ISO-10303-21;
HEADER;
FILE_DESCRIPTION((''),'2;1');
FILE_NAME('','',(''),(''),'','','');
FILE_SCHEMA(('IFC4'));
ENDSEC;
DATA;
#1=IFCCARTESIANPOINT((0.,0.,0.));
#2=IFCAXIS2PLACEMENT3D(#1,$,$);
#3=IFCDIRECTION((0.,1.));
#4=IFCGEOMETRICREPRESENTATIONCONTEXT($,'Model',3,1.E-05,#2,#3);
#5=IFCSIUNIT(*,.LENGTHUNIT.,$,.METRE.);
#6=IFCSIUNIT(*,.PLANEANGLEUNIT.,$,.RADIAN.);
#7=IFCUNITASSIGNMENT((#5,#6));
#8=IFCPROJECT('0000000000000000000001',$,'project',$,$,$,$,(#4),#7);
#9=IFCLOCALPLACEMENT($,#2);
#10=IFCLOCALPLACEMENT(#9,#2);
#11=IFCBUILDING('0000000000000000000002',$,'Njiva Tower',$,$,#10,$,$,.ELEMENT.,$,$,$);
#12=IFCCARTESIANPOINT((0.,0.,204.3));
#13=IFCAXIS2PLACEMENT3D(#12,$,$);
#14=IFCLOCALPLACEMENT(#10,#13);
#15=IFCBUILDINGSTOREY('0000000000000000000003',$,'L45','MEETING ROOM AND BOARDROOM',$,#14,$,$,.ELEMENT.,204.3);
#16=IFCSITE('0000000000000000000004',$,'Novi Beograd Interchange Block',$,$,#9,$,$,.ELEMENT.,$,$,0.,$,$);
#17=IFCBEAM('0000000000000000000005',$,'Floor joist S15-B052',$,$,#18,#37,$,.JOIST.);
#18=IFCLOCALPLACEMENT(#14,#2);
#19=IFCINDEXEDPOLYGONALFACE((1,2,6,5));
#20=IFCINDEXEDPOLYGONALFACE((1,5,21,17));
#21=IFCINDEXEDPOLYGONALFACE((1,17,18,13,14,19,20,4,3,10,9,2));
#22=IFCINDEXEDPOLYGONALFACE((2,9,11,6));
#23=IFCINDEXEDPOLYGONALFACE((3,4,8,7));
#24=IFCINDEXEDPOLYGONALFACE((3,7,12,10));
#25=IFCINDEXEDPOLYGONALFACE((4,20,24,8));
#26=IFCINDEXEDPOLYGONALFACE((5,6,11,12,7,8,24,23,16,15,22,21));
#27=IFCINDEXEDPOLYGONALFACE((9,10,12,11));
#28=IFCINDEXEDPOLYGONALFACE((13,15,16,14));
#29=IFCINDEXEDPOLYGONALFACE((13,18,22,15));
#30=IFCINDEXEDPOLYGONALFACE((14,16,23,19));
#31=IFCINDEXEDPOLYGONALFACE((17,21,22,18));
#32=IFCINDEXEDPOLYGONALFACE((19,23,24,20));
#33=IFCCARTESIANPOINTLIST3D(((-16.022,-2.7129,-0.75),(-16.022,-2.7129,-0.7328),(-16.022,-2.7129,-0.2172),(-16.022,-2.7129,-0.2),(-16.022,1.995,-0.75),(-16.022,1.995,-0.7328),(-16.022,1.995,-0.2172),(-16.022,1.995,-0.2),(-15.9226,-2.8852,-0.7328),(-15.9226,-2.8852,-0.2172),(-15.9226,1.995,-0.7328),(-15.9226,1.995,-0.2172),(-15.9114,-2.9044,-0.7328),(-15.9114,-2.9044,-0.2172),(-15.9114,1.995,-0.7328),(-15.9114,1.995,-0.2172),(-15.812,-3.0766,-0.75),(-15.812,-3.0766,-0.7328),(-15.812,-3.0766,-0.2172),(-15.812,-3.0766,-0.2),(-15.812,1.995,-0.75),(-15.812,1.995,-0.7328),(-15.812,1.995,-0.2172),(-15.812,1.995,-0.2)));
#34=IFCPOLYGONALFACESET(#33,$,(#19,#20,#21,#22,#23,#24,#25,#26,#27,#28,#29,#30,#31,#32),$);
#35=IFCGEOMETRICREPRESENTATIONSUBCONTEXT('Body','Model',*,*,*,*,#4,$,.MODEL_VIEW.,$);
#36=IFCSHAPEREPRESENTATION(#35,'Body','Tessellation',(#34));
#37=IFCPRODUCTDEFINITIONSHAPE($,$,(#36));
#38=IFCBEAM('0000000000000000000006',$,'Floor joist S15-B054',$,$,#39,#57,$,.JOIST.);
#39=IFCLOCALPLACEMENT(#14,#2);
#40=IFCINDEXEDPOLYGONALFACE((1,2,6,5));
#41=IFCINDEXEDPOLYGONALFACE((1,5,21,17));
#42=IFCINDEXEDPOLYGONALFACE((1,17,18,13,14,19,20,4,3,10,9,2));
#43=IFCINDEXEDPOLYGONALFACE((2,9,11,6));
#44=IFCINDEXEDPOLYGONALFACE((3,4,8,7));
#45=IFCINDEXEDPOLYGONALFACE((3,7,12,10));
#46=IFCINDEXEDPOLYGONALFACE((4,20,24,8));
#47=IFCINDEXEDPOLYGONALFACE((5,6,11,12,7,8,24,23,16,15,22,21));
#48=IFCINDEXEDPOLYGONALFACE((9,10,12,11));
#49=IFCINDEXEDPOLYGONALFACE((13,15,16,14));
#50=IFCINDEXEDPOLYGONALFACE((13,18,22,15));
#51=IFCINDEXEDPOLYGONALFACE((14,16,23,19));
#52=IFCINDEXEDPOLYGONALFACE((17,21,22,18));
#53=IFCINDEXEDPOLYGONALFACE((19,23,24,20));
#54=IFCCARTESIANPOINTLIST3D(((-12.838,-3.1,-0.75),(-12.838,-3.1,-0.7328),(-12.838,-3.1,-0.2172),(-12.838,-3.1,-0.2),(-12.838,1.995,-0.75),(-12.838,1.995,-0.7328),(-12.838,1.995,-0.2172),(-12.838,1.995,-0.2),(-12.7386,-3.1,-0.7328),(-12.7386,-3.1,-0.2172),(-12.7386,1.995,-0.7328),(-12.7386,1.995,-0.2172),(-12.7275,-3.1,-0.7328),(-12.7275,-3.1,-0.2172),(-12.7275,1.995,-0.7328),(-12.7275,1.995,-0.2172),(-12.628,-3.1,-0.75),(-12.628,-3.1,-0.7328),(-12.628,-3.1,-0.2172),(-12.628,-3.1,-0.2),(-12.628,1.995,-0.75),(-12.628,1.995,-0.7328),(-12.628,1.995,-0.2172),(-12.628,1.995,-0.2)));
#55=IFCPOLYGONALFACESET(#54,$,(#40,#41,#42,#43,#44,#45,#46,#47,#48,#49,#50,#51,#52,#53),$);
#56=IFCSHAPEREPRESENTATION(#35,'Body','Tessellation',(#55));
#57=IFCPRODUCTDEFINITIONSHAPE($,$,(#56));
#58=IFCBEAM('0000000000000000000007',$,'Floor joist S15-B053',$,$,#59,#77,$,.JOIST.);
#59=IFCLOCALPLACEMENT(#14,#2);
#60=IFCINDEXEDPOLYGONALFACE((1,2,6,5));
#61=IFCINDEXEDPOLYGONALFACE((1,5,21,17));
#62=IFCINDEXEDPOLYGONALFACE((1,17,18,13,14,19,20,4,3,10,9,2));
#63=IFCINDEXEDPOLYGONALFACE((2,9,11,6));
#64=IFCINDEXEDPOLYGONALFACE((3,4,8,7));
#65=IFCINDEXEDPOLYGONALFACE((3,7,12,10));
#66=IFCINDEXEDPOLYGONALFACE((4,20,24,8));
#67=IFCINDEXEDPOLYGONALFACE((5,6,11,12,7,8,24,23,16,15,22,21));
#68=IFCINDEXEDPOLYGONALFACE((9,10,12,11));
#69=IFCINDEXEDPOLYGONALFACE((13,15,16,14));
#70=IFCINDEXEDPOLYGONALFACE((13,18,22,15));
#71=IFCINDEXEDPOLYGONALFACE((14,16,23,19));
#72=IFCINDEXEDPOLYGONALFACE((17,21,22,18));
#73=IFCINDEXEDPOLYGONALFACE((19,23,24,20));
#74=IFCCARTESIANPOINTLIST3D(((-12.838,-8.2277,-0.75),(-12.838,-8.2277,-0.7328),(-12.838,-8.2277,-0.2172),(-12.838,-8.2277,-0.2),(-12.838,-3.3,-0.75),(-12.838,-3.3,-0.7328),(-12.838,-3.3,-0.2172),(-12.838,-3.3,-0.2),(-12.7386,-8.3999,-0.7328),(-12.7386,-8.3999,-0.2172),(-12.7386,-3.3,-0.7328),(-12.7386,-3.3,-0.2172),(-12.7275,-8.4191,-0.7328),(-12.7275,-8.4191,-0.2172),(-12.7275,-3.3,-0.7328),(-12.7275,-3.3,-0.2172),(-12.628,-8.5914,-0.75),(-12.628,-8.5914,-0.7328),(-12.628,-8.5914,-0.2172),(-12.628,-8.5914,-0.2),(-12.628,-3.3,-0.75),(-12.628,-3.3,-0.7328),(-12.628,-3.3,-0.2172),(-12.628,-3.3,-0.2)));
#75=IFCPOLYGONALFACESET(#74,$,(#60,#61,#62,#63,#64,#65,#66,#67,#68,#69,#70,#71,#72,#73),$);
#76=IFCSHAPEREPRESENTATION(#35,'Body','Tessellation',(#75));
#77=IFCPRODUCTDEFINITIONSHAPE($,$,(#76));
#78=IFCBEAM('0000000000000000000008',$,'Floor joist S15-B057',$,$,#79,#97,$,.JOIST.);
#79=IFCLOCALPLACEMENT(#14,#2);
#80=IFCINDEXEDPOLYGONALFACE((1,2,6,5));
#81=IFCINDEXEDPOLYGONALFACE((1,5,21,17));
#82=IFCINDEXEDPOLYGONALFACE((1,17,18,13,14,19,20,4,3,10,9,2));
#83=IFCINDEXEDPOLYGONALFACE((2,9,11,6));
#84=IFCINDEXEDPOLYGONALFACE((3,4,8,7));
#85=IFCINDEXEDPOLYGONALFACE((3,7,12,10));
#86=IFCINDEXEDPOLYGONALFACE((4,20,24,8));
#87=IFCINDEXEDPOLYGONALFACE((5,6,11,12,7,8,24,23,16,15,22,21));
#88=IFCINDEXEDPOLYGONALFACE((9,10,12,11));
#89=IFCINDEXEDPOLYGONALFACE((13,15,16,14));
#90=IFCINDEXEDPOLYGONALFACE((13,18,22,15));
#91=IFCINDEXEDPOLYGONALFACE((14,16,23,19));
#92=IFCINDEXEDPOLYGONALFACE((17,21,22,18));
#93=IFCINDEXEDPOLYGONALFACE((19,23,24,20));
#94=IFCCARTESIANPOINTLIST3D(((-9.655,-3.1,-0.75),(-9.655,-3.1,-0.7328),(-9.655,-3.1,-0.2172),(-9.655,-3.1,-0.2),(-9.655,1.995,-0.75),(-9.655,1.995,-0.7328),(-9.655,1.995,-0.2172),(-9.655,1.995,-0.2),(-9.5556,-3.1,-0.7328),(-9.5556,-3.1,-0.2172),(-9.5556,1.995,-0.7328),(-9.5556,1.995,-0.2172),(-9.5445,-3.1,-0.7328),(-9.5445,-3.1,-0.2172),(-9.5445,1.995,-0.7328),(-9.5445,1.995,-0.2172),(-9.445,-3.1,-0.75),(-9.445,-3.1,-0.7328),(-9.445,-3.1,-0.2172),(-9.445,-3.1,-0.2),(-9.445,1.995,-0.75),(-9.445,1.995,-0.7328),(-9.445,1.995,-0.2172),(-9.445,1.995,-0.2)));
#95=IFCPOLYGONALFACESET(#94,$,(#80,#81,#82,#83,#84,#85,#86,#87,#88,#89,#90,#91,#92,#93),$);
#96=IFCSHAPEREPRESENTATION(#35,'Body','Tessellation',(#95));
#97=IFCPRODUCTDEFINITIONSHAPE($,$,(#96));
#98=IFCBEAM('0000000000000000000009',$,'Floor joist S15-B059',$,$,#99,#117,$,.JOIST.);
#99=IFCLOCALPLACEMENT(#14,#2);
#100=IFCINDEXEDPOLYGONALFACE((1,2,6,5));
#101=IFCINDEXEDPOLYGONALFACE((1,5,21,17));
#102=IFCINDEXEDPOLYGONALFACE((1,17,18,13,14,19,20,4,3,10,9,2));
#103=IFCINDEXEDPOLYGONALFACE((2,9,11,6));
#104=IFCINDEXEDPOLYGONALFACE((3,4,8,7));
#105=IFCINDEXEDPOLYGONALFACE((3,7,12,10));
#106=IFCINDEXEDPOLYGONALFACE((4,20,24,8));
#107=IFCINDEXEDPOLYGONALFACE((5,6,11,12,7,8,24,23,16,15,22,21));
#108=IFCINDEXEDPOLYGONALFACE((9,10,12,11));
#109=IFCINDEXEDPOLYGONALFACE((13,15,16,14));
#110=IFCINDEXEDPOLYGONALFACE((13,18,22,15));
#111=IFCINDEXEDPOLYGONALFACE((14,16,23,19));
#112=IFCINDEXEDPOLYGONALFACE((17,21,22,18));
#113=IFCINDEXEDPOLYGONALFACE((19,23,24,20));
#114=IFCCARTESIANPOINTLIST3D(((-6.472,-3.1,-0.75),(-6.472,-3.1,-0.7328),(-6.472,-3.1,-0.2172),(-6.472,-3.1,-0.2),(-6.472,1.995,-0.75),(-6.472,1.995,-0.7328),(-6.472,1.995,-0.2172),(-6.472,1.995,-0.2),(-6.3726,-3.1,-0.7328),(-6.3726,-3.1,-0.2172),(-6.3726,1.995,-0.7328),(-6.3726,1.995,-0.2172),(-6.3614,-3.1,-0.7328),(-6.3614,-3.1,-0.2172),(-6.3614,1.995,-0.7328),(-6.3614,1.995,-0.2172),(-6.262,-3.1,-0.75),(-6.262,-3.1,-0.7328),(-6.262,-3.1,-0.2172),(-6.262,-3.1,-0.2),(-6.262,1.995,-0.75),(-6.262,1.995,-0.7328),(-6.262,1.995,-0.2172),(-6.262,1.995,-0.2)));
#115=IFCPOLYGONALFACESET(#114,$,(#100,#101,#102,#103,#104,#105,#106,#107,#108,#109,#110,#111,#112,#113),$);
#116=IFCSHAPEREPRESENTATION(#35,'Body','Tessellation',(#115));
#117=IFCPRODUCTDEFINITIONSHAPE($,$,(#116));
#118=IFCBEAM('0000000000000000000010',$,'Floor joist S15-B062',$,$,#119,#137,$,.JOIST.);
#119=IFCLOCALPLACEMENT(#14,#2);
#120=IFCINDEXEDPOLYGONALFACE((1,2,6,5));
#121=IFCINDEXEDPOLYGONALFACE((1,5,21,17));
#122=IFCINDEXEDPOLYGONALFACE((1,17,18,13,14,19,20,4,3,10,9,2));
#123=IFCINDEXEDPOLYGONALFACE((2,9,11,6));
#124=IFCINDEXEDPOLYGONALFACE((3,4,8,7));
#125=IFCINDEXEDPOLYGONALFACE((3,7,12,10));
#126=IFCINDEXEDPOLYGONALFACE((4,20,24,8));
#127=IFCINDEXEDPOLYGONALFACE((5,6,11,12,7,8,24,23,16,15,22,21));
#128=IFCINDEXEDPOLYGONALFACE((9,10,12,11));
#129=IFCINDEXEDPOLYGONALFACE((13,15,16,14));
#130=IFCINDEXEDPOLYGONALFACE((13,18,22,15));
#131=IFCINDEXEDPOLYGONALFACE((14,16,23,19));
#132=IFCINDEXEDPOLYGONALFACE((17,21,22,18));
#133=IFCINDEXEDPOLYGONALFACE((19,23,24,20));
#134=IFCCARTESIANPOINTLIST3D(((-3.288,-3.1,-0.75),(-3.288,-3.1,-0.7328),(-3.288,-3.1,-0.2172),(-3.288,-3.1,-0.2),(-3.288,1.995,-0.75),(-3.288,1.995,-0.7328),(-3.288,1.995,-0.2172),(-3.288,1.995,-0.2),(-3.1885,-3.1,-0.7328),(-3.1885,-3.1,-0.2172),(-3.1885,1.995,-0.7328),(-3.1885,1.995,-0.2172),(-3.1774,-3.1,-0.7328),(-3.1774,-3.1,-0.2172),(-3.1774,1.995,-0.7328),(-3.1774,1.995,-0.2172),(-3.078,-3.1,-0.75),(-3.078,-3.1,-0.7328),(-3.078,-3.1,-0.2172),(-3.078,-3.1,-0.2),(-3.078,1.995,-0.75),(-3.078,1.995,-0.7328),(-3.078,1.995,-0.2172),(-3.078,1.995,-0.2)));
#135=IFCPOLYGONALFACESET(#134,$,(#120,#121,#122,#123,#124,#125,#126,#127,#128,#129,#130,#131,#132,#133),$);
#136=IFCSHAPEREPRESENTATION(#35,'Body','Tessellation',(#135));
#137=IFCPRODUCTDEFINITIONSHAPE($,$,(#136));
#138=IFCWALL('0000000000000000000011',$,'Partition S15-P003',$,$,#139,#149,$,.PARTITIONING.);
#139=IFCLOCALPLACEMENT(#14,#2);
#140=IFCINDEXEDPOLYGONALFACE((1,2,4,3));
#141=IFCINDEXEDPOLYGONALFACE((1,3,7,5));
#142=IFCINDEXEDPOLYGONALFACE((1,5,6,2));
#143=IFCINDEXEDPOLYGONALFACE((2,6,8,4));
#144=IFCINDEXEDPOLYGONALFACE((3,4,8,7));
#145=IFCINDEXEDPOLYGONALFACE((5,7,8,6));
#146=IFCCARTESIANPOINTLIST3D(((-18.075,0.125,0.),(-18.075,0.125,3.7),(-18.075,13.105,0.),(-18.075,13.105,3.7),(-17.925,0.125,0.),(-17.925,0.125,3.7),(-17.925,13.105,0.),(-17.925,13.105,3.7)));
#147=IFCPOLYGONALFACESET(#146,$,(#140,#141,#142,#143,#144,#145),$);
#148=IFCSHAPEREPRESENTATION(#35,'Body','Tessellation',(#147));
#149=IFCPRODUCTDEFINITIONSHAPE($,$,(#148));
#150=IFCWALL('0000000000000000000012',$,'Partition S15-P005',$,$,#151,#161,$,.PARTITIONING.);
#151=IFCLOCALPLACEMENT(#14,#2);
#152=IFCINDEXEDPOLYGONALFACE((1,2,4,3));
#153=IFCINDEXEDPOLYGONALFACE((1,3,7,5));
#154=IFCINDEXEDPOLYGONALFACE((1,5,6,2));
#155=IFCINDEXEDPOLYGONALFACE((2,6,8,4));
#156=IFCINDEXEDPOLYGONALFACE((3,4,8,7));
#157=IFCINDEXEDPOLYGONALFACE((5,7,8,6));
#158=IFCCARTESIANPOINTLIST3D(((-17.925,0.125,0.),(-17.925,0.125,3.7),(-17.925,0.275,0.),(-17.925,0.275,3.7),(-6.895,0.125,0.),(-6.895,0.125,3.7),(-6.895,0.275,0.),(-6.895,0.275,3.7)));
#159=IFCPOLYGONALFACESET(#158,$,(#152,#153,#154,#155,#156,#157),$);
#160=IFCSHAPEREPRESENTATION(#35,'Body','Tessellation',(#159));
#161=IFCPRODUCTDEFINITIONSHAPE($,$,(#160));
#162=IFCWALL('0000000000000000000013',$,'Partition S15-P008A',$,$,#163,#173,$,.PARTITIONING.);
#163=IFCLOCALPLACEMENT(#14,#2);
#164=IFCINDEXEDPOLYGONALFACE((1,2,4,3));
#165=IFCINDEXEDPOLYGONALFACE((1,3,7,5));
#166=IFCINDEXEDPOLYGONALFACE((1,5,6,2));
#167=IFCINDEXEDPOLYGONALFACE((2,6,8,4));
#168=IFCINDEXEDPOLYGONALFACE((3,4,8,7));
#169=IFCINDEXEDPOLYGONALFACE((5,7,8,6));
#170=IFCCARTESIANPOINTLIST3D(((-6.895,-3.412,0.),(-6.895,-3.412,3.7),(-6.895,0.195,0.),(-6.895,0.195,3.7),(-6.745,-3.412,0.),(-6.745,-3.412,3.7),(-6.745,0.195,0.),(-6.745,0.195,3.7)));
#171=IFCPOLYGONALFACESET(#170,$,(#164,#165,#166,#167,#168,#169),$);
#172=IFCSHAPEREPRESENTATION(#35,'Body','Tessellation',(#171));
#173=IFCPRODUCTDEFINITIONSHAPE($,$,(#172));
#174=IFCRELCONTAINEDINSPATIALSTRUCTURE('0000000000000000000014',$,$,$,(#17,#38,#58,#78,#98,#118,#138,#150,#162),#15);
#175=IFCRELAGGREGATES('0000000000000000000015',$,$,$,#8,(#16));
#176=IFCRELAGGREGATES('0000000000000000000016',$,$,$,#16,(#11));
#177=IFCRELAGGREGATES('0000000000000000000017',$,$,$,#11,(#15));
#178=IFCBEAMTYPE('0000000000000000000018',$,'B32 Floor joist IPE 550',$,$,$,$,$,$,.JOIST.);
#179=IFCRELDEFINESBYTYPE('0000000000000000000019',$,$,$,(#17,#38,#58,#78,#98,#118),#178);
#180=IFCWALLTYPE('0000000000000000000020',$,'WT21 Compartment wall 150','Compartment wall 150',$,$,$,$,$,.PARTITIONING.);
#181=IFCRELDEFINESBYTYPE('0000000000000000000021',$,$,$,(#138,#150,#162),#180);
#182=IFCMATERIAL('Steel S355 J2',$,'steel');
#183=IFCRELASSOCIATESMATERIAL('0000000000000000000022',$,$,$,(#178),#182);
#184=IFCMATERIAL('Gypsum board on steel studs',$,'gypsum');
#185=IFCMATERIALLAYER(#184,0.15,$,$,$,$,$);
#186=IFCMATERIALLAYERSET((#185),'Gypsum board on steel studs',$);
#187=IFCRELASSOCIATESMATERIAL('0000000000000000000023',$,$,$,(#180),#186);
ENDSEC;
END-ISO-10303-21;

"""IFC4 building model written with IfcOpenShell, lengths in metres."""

from ifc_helpers import new_model, si_unit, direction, frame, frame_2d, origin, origin_2d, place, context, subcontext, project, spatial, rectangle, i_section, extrude, clip, halfspace, material, layer, layer_set, material_profile, profile_set, type_object, element, save


model = new_model("IFC4")

# Units and contexts
model_context = context("Model", 3, precision=1e-05, world=origin(), true_north=direction((0.0, 1.0)))
body_context = subcontext(model_context, "Body", "Model", "MODEL_VIEW")
ifc_project = project(units=[si_unit("LENGTHUNIT", "METRE"), si_unit("PLANEANGLEUNIT", "RADIAN")], contexts=[model_context])

# Site, building, storey
site_placement = place(None, origin())
site = spatial("IfcSite", under=ifc_project, at=site_placement, Name="Novi Beograd Interchange Block", CompositionType="ELEMENT", RefElevation=0.0)
building_placement = place(site_placement, origin())
building = spatial("IfcBuilding", under=site, at=building_placement, Name="Njiva Tower", CompositionType="ELEMENT")
storey_placement = place(building_placement, frame((0.0, 0.0, 204.3)))
storey = spatial("IfcBuildingStorey", under=building, at=storey_placement, Name="L45", Description="MEETING ROOM AND BOARDROOM", CompositionType="ELEMENT", Elevation=204.3)

# Shared definitions
ifc_material_1 = material(Name="Steel S355 J2", Category="steel")

# Beams
ifc_material_profile_1 = material_profile(ifc_material_1, i_section(OverallWidth=0.21, OverallDepth=0.55, WebThickness=0.0111, FlangeThickness=0.0172, at=origin_2d()), Name="IPE 550")
ifc_profile_set_1 = profile_set([ifc_material_profile_1], Name="Steel S355 J2")
beam_type_1 = type_object("IfcBeamType", Name="B32 Floor joist IPE 550", PredefinedType="JOIST", material=ifc_profile_set_1)
beam_1_placement = place(storey_placement, frame((-15.917, 1.995, -0.475), z_axis=(0.0, -1.0, 0.0), x_axis=(1.0, 0.0, 0.0)))
element("IfcBeam", 1, at=beam_1_placement, inside=storey, type_object=beam_type_1, Name="Floor joist S15-B052", PredefinedType="JOIST", context=body_context, shape_type="Clipping", body=[
    clip(extrude(i_section(OverallWidth=0.21, OverallDepth=0.55, WebThickness=0.0111, FlangeThickness=0.0172, at=origin_2d()), origin(), (0.0, 0.0, 1.0), 5.092), halfspace(frame((-0.043, 0.0, 4.8153), z_axis=(-0.866027, 0.0, 0.499998), x_axis=(0.0, 1.0, 0.0)), False)),
])
beam_2_placement = place(storey_placement, frame((-12.733, 1.995, -0.475), z_axis=(0.0, -1.0, 0.0), x_axis=(1.0, 0.0, 0.0)))
element("IfcBeam", 2, at=beam_2_placement, inside=storey, type_object=beam_type_1, Name="Floor joist S15-B054", PredefinedType="JOIST", context=body_context, shape_type="SweptSolid", body=[
    extrude(i_section(OverallWidth=0.21, OverallDepth=0.55, WebThickness=0.0111, FlangeThickness=0.0172, at=origin_2d()), origin(), (0.0, 0.0, 1.0), 5.095),
])
beam_3_placement = place(storey_placement, frame((-12.733, -3.3, -0.475), z_axis=(0.0, -1.0, 0.0), x_axis=(1.0, 0.0, 0.0)))
element("IfcBeam", 3, at=beam_3_placement, inside=storey, type_object=beam_type_1, Name="Floor joist S15-B053", PredefinedType="JOIST", context=body_context, shape_type="Clipping", body=[
    clip(extrude(i_section(OverallWidth=0.21, OverallDepth=0.55, WebThickness=0.0111, FlangeThickness=0.0172, at=origin_2d()), origin(), (0.0, 0.0, 1.0), 5.311), halfspace(frame((-0.0436, 0.0, 5.034), z_axis=(-0.866027, 0.0, 0.499998), x_axis=(0.0, 1.0, 0.0)), False)),
])
for number, where, z_axis, x_axis, name in (
    (4, (-9.55, 1.995, -0.475), (0.0, -1.0, 0.0), (1.0, 0.0, 0.0), "Floor joist S15-B057"),
    (5, (-6.367, 1.995, -0.475), (0.0, -1.0, 0.0), (1.0, 0.0, 0.0), "Floor joist S15-B059"),
    (6, (-3.183, 1.995, -0.475), (0.0, -1.0, 0.0), (1.0, 0.0, 0.0), "Floor joist S15-B062"),
):
    element("IfcBeam", number, at=place(storey_placement, frame(where, z_axis=z_axis, x_axis=x_axis)), inside=storey, type_object=beam_type_1, Name=name, PredefinedType="JOIST", context=body_context, shape_type="SweptSolid", body=[
        extrude(i_section(OverallWidth=0.21, OverallDepth=0.55, WebThickness=0.0111, FlangeThickness=0.0172, at=origin_2d()), origin(), (0.0, 0.0, 1.0), 5.095),
    ])

# Walls
ifc_material_2 = material(Name="Gypsum board on steel studs", Category="gypsum")
ifc_layer_1 = layer(ifc_material_2, 0.15)
ifc_layer_set_1 = layer_set([ifc_layer_1], Name="Gypsum board on steel studs")
wall_type_1 = type_object("IfcWallType", Name="WT21 Compartment wall 150", Description="Compartment wall 150", PredefinedType="PARTITIONING", material=ifc_layer_set_1)
wall_1_placement = place(storey_placement, frame((-18.0, 0.125, 0.0), z_axis=(0.0, 0.0, 1.0), x_axis=(0.0, 1.0, 0.0)))
element("IfcWall", 7, at=wall_1_placement, inside=storey, type_object=wall_type_1, Name="Partition S15-P003", PredefinedType="PARTITIONING", context=body_context, shape_type="SweptSolid", body=[
    extrude(rectangle(XDim=12.98, YDim=0.15, at=frame_2d((6.49, 0.0))), origin(), (0.0, 0.0, 1.0), 3.7),
])
wall_2_placement = place(storey_placement, frame((-17.925, 0.2, 0.0), z_axis=(0.0, 0.0, 1.0), x_axis=(1.0, 0.0, 0.0)))
element("IfcWall", 8, at=wall_2_placement, inside=storey, type_object=wall_type_1, Name="Partition S15-P005", PredefinedType="PARTITIONING", context=body_context, shape_type="SweptSolid", body=[
    extrude(rectangle(XDim=11.03, YDim=0.15, at=frame_2d((5.515, 0.0))), origin(), (0.0, 0.0, 1.0), 3.7),
])
wall_3_placement = place(storey_placement, frame((-6.82, -3.412, 0.0), z_axis=(0.0, 0.0, 1.0), x_axis=(0.0, 1.0, 0.0)))
element("IfcWall", 9, at=wall_3_placement, inside=storey, type_object=wall_type_1, Name="Partition S15-P008A", PredefinedType="PARTITIONING", context=body_context, shape_type="SweptSolid", body=[
    extrude(rectangle(XDim=3.607, YDim=0.15, at=frame_2d((1.8035, 0.0))), origin(), (0.0, 0.0, 1.0), 3.7),
])

save(model, "model.ifc")
